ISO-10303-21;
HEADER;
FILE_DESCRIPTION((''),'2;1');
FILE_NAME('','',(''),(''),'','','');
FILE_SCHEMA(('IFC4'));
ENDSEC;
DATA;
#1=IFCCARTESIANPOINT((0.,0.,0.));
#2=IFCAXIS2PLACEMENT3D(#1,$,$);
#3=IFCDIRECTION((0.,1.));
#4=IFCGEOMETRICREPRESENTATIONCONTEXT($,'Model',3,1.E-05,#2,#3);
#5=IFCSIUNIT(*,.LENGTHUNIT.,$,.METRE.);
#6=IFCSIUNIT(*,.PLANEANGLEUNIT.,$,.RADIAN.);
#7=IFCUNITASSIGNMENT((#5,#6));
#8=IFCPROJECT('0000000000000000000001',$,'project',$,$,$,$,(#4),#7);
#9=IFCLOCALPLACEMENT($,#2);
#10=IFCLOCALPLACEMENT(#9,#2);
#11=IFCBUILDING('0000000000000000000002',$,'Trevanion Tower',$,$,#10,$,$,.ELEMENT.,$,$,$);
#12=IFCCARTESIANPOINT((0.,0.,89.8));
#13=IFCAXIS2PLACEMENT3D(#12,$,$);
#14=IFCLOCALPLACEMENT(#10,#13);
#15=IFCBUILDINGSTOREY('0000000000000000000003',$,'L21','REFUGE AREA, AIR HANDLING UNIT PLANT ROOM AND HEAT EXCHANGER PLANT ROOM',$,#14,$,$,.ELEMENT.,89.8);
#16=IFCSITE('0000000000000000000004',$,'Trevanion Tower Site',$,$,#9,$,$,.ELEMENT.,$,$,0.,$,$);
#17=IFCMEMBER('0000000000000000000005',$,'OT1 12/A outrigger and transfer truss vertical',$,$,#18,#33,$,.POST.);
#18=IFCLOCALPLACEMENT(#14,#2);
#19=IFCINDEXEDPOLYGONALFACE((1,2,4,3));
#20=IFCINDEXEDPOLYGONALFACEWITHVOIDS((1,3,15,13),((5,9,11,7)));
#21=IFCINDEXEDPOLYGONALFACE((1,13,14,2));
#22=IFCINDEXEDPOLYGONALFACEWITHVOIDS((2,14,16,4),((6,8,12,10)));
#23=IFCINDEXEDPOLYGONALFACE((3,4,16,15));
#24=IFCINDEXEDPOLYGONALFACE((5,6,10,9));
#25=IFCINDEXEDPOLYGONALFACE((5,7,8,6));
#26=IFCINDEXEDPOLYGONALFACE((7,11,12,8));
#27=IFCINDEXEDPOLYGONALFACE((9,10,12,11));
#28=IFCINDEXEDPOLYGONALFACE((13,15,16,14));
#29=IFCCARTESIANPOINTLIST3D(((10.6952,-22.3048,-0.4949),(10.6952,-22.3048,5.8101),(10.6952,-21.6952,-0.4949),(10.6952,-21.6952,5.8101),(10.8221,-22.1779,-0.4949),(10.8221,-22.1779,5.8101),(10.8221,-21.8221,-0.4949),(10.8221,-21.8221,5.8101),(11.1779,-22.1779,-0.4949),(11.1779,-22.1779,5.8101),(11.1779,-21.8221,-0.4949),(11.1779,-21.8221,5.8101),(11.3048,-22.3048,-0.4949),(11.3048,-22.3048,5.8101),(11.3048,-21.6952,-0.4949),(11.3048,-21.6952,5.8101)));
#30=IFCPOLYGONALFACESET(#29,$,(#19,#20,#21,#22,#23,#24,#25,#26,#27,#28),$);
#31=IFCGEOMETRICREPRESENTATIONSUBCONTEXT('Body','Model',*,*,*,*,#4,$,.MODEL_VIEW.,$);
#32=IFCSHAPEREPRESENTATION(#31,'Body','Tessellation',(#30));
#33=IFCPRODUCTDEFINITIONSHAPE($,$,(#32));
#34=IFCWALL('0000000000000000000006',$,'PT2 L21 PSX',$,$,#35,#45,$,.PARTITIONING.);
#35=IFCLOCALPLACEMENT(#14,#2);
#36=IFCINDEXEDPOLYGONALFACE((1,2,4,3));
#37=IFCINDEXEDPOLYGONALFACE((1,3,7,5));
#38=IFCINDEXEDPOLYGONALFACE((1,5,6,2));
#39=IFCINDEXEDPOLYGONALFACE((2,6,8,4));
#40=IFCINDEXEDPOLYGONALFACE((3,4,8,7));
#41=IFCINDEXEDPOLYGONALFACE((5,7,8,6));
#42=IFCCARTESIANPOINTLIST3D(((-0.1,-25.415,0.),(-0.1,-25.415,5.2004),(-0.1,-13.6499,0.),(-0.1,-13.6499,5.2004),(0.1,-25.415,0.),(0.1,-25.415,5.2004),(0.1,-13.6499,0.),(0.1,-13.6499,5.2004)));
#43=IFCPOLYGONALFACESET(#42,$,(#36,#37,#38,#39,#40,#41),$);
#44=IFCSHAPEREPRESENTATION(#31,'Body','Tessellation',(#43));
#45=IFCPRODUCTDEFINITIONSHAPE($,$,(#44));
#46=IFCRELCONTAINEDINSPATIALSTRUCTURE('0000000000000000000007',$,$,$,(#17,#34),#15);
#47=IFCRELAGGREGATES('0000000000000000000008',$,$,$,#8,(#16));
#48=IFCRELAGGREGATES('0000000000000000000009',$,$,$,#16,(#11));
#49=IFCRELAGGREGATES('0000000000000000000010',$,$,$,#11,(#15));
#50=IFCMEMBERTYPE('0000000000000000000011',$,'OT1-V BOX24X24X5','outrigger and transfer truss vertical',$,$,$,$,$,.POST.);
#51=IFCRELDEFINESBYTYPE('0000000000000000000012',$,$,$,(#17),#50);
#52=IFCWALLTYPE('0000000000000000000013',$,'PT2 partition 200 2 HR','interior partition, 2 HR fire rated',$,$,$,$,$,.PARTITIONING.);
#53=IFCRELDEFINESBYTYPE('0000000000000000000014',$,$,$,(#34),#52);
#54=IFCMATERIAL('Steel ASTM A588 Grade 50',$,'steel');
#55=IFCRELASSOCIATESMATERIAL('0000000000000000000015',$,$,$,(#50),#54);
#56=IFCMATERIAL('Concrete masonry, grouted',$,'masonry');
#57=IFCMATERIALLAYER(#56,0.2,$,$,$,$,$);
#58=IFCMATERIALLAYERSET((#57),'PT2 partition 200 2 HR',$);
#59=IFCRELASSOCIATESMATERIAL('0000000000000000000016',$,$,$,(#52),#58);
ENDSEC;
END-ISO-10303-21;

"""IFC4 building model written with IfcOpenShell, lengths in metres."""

from ifc_helpers import new_model, si_unit, direction, frame, frame_2d, origin, origin_2d, place, context, subcontext, project, spatial, rectangle, hollow_rectangle, extrude, material, layer, layer_set, material_profile, profile_set, type_object, element, save


model = new_model("IFC4")

# Units and contexts
model_context = context("Model", 3, precision=1e-05, world=origin(), true_north=direction((0.0, 1.0)))
body_context = subcontext(model_context, "Body", "Model", "MODEL_VIEW")
ifc_project = project(units=[si_unit("LENGTHUNIT", "METRE"), si_unit("PLANEANGLEUNIT", "RADIAN")], contexts=[model_context])

# Site, building, storey
site_placement = place(None, origin())
site = spatial("IfcSite", under=ifc_project, at=site_placement, Name="Trevanion Tower Site", CompositionType="ELEMENT", RefElevation=0.0)
building_placement = place(site_placement, origin())
building = spatial("IfcBuilding", under=site, at=building_placement, Name="Trevanion Tower", CompositionType="ELEMENT")
storey_placement = place(building_placement, frame((0.0, 0.0, 89.8)))
storey = spatial("IfcBuildingStorey", under=building, at=storey_placement, Name="L21", Description="REFUGE AREA, AIR HANDLING UNIT PLANT ROOM AND HEAT EXCHANGER PLANT ROOM", CompositionType="ELEMENT", Elevation=89.8)

# Member
ifc_material_1 = material(Name="Steel ASTM A588 Grade 50", Category="steel")
ifc_material_profile_1 = material_profile(ifc_material_1, hollow_rectangle(XDim=0.6096, YDim=0.6096, WallThickness=0.127, at=origin_2d()), Name="BOX24X24X5")
ifc_profile_set_1 = profile_set([ifc_material_profile_1], Name="Steel ASTM A588 Grade 50")
member_type_1 = type_object("IfcMemberType", Name="OT1-V BOX24X24X5", Description="outrigger and transfer truss vertical", PredefinedType="POST", material=ifc_profile_set_1)
for number, where, z_axis, x_axis, name in (
    (1, (11.0, -22.0, -0.4949), (0.0, 0.0, 1.0), (1.0, 0.0, 0.0), "OT1 12/A outrigger and transfer truss vertical"),
):
    element("IfcMember", number, at=place(storey_placement, frame(where, z_axis=z_axis, x_axis=x_axis)), inside=storey, type_object=member_type_1, Name=name, PredefinedType="POST", context=body_context, shape_type="SweptSolid", body=[
        extrude(hollow_rectangle(XDim=0.6096, YDim=0.6096, WallThickness=0.127, at=origin_2d()), origin(), (0.0, 0.0, 1.0), 6.3049),
    ])

# Wall
ifc_material_2 = material(Name="Concrete masonry, grouted", Category="masonry")
ifc_layer = layer(ifc_material_2, 0.2)
ifc_layer_set = layer_set([ifc_layer], Name="PT2 partition 200 2 HR")
wall_type = type_object("IfcWallType", Name="PT2 partition 200 2 HR", Description="interior partition, 2 HR fire rated", PredefinedType="PARTITIONING", material=ifc_layer_set)
wall_placement = place(storey_placement, frame((0.0, -13.6499, 0.0), z_axis=(0.0, 0.0, 1.0), x_axis=(0.0, -1.0, 0.0)))
element("IfcWall", 2, at=wall_placement, inside=storey, type_object=wall_type, Name="PT2 L21 PSX", PredefinedType="PARTITIONING", context=body_context, shape_type="SweptSolid", body=[
    extrude(rectangle(XDim=11.7651, YDim=0.2, at=frame_2d((5.8826, 0.0))), origin(), (0.0, 0.0, 1.0), 5.2004),
])

save(model, "model.ifc")
